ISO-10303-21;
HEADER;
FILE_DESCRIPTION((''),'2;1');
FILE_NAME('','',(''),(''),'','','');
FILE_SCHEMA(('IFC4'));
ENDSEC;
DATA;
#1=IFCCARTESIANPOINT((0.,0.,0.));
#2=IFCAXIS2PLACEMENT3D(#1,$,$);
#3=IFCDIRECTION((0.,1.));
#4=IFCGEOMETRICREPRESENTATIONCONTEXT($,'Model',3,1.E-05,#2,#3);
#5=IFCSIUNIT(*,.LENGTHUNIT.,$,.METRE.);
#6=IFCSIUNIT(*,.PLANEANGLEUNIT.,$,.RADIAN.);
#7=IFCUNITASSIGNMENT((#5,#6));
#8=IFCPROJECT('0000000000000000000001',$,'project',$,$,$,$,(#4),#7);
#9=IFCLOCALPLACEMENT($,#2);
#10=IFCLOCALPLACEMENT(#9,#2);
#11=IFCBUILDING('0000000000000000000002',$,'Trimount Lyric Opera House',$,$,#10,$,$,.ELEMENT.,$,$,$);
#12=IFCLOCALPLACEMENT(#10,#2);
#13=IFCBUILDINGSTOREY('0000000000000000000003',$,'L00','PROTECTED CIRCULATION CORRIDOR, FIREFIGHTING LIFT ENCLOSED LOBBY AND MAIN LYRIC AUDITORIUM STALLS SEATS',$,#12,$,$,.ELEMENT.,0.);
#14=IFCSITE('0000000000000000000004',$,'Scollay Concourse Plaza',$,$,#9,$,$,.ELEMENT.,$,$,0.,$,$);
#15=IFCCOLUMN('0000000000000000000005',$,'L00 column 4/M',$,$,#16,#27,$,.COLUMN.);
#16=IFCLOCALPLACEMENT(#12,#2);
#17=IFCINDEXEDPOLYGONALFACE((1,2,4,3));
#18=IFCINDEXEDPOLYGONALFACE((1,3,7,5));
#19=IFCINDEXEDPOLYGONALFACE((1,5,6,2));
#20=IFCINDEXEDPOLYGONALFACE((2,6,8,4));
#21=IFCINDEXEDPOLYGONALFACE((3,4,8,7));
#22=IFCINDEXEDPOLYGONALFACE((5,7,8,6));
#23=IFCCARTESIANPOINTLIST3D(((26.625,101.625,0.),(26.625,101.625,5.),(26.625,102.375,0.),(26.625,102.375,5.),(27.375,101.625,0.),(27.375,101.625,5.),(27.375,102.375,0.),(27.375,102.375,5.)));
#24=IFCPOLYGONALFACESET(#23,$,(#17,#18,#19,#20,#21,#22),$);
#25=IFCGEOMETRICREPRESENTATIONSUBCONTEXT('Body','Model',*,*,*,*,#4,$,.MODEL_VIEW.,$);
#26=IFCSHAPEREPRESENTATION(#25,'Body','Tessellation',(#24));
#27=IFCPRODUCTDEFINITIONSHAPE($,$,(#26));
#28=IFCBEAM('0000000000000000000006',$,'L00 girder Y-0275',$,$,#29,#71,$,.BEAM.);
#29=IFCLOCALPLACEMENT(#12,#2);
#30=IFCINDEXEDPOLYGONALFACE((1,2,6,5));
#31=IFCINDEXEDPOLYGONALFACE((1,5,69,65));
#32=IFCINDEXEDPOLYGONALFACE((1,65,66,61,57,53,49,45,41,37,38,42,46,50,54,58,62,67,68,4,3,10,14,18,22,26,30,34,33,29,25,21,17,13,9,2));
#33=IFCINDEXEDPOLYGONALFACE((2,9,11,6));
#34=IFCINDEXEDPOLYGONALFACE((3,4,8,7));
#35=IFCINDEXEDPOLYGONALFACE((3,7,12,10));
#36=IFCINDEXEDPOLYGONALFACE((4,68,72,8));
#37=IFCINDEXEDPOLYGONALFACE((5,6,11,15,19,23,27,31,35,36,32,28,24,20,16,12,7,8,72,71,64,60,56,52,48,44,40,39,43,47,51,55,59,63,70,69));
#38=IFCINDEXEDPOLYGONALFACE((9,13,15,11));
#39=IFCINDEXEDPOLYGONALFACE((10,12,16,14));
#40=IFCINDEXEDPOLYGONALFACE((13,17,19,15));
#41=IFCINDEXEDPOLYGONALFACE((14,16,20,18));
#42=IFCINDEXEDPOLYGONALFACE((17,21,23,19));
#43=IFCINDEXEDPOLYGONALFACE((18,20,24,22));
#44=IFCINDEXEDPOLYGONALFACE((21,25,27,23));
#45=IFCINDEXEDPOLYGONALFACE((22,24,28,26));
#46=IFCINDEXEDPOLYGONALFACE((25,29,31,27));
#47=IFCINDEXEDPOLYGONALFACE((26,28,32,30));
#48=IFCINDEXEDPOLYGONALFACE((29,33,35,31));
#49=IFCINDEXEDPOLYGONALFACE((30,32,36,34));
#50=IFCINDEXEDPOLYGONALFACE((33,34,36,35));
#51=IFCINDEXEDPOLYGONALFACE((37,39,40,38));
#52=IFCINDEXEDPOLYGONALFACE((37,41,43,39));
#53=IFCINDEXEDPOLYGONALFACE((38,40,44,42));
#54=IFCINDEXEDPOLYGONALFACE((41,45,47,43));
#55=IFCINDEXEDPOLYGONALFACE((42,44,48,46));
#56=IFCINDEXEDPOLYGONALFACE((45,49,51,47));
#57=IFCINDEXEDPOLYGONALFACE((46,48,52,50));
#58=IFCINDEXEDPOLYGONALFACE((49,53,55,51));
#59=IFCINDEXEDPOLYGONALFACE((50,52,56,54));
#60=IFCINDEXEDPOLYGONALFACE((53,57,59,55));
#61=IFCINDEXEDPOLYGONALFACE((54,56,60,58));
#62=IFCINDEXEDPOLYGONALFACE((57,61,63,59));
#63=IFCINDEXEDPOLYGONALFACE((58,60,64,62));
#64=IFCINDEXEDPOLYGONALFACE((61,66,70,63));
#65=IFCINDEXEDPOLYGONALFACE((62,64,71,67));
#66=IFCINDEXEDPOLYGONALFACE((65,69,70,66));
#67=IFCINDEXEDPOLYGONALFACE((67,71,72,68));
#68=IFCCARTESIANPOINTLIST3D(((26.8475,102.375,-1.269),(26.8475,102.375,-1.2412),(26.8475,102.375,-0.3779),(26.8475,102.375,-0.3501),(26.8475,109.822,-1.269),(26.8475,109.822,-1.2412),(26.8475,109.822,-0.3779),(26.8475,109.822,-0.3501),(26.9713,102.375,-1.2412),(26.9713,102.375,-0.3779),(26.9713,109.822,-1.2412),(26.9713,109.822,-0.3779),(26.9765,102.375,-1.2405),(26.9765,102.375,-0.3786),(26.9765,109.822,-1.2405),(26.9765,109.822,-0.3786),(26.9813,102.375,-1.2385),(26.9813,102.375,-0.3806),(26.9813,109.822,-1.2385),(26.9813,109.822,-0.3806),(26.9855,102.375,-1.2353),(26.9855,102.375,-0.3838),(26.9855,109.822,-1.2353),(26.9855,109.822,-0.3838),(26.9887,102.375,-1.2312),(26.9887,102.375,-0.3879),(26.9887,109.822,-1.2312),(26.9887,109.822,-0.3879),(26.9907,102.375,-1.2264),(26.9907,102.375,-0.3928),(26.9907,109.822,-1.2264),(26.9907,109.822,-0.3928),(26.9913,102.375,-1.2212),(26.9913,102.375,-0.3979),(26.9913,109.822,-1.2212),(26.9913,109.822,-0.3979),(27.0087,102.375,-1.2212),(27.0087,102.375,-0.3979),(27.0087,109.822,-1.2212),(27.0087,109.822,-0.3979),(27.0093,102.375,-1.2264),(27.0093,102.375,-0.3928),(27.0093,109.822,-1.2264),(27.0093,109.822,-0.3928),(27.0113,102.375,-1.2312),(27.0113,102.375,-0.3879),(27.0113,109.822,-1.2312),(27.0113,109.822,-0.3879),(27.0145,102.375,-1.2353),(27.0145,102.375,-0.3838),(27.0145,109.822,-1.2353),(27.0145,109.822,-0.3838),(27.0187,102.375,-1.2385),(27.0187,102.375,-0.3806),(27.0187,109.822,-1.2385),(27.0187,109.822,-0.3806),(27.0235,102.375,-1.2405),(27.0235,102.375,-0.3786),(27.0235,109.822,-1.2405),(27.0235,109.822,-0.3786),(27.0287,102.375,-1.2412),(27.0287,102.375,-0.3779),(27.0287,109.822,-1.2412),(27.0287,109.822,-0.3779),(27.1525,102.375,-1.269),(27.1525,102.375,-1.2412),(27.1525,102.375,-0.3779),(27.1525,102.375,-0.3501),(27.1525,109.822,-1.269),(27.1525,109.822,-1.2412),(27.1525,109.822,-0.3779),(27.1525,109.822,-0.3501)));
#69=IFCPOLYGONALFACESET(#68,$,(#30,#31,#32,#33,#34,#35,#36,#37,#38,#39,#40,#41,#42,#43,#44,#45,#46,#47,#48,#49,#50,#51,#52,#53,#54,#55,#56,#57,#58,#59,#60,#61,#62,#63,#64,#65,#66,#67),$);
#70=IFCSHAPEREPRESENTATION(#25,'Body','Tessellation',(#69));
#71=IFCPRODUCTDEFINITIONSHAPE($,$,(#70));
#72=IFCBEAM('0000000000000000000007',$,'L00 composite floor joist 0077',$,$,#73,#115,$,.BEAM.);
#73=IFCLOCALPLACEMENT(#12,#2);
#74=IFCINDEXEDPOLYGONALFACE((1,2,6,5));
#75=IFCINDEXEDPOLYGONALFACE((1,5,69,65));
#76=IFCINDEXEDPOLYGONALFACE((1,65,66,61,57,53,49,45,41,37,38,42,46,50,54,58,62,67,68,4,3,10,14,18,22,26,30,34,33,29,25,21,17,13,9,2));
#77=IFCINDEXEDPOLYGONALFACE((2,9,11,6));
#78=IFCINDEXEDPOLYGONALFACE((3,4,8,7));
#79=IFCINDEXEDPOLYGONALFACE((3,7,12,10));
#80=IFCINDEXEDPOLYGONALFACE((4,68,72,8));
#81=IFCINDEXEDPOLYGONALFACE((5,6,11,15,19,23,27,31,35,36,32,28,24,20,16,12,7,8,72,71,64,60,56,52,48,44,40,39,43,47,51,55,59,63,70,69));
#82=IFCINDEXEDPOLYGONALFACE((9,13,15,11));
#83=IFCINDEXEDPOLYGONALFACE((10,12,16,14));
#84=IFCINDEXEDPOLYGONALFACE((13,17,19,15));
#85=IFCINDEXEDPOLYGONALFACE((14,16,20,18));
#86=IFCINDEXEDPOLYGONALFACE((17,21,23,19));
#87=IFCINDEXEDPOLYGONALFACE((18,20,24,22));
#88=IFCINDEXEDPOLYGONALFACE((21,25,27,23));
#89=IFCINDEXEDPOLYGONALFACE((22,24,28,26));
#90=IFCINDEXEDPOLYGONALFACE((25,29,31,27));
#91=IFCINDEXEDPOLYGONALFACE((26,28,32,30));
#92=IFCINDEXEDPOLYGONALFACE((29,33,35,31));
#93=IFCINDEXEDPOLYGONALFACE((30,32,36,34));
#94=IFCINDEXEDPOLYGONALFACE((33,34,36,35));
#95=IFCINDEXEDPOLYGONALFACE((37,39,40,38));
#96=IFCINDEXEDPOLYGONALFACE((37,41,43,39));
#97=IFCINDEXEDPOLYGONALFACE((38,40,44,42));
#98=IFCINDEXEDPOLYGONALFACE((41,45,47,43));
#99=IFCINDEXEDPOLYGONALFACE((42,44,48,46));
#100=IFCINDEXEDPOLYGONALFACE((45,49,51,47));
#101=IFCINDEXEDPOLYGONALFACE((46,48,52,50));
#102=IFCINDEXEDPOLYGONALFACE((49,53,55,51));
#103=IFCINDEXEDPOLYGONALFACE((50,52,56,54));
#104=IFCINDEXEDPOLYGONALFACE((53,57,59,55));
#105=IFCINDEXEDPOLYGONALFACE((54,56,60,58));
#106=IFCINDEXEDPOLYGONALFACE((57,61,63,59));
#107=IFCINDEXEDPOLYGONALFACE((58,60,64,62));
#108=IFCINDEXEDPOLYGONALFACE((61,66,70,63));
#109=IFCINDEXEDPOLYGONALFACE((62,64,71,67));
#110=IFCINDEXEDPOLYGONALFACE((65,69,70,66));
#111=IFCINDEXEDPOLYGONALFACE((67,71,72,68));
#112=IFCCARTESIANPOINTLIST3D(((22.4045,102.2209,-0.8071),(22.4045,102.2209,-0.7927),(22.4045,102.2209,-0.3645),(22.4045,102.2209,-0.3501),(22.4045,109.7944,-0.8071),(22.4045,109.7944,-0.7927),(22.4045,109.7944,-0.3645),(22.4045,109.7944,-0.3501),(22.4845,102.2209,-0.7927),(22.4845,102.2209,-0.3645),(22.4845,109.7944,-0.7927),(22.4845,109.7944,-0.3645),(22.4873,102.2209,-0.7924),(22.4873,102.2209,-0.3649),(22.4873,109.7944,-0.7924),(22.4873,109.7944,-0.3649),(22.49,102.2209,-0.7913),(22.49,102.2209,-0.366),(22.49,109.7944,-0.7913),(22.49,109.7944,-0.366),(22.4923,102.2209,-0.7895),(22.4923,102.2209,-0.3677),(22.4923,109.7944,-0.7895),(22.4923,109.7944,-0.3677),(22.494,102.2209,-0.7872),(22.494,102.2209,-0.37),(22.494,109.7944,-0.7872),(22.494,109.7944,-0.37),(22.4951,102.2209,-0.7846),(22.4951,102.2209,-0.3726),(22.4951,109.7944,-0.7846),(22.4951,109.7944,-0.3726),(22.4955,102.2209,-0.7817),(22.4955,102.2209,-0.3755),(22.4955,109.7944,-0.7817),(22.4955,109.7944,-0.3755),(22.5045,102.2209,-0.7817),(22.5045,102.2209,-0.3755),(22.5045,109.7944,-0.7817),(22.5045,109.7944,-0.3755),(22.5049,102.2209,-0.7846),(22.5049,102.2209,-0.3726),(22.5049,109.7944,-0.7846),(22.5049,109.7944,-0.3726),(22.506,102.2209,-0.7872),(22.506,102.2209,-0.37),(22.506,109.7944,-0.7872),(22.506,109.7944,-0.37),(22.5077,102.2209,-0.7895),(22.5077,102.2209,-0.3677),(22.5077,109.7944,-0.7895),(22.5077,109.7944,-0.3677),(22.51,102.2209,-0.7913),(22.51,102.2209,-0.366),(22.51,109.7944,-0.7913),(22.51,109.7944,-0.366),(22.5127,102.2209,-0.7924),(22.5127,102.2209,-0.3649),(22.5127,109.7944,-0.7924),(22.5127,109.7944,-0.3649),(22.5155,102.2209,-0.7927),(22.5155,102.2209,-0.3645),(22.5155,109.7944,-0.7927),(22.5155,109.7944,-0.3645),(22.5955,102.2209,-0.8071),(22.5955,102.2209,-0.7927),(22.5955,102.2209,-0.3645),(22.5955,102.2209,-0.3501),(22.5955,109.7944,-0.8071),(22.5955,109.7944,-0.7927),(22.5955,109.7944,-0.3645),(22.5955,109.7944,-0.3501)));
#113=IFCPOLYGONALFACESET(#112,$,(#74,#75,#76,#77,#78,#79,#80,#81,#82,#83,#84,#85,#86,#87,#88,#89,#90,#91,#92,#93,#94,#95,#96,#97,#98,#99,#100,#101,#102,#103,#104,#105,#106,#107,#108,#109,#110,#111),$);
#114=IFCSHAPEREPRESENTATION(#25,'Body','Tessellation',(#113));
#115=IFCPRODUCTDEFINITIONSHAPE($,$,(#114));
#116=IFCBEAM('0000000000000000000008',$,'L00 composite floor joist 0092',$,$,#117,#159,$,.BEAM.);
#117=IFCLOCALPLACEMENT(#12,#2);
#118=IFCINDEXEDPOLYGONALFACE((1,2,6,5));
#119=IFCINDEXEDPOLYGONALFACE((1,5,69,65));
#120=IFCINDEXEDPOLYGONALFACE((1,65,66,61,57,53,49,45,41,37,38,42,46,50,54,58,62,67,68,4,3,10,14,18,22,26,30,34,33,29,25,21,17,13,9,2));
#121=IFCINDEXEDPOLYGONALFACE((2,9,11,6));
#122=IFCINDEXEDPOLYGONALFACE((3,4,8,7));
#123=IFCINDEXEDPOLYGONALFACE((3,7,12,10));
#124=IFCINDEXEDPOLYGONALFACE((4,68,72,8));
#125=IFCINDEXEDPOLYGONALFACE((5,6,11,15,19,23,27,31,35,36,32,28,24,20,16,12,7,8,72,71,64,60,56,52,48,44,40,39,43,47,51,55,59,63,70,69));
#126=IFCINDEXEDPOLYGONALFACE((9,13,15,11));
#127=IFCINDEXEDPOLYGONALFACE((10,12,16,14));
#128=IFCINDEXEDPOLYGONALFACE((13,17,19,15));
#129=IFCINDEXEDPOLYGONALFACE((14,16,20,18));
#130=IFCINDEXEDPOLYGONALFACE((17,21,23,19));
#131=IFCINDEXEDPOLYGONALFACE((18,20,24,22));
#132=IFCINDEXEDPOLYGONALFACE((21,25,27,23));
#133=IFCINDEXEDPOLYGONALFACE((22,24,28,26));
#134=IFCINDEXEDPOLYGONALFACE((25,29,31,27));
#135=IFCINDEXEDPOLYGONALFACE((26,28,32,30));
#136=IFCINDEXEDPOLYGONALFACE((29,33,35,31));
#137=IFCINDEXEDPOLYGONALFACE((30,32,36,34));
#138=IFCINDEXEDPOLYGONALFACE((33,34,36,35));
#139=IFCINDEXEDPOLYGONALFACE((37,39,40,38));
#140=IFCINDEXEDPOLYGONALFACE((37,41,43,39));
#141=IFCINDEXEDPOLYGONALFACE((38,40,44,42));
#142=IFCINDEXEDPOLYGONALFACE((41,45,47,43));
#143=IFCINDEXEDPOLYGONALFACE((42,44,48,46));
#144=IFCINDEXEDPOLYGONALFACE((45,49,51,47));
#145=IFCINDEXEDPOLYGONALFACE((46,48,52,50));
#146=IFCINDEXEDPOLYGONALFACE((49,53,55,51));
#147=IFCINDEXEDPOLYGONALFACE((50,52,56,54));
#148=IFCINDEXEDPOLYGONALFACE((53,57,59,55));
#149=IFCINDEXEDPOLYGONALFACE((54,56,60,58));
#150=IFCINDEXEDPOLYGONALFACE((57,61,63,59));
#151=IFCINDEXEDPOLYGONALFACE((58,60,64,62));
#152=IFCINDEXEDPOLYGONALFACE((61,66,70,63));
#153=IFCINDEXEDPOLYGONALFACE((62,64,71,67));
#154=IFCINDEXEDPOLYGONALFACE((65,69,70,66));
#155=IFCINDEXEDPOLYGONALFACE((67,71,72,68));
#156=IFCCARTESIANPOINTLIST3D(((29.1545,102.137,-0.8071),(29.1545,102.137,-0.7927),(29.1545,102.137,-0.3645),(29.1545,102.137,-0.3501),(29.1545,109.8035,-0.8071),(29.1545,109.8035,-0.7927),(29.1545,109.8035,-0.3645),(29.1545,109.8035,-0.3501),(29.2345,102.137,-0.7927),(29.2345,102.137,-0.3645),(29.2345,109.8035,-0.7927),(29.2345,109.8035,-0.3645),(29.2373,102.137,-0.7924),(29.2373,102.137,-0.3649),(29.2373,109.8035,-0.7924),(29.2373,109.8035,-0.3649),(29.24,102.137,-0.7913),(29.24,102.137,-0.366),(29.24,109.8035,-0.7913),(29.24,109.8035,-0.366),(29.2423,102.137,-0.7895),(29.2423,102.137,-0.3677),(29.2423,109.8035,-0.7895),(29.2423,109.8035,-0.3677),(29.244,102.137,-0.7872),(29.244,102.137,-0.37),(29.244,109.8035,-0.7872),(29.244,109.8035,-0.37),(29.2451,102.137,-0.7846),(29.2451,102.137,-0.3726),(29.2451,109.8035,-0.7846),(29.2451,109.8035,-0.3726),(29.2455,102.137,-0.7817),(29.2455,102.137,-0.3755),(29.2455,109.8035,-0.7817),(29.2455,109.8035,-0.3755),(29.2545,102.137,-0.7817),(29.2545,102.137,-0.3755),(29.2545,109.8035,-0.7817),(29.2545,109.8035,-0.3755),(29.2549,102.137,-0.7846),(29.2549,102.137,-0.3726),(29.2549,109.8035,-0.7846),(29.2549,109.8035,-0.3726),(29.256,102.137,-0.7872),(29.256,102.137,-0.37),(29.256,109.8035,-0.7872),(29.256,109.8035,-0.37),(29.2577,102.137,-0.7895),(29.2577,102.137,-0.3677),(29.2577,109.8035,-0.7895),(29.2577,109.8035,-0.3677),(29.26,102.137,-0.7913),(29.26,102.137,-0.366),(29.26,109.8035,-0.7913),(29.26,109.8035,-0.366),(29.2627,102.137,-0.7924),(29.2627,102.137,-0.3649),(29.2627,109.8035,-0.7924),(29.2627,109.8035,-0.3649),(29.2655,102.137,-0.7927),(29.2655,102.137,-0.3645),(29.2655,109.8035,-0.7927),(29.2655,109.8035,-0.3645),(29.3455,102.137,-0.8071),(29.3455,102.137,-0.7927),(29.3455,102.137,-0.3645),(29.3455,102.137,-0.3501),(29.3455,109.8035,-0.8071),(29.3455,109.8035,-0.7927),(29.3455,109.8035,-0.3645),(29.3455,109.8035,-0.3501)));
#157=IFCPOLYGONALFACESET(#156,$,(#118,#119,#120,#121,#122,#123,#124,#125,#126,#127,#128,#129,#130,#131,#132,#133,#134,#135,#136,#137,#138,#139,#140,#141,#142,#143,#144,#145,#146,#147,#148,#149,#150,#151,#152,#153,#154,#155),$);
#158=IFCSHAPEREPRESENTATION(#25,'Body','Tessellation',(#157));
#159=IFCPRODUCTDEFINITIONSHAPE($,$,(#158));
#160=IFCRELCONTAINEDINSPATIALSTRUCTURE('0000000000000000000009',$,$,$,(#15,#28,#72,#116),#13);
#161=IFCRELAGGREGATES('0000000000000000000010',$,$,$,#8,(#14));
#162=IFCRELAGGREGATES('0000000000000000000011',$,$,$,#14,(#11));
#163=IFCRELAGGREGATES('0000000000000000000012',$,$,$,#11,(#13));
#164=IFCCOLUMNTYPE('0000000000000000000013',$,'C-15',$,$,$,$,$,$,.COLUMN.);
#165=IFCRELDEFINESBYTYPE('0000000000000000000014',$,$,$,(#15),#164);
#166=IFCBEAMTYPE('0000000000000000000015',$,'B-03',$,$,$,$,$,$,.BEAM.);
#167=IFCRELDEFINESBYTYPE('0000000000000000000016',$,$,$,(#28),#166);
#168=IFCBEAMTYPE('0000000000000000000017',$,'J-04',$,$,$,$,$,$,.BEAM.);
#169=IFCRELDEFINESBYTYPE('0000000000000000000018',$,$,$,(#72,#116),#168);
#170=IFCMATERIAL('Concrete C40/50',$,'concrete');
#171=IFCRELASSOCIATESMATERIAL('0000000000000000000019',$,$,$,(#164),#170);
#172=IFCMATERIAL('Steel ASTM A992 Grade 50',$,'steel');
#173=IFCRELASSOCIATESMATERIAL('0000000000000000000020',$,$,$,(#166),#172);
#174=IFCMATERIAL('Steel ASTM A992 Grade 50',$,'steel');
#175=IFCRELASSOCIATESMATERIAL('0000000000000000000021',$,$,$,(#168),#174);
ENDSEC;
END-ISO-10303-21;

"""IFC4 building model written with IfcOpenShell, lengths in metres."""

from ifc_helpers import new_model, si_unit, direction, frame, origin, origin_2d, place, context, subcontext, project, spatial, rectangle, i_section, extrude, material, material_profile, profile_set, type_object, element, save


model = new_model("IFC4")

# Units and contexts
model_context = context("Model", 3, precision=1e-05, world=origin(), true_north=direction((0.0, 1.0)))
body_context = subcontext(model_context, "Body", "Model", "MODEL_VIEW")
ifc_project = project(units=[si_unit("LENGTHUNIT", "METRE"), si_unit("PLANEANGLEUNIT", "RADIAN")], contexts=[model_context])

# Site, building, storey
site_placement = place(None, origin())
site = spatial("IfcSite", under=ifc_project, at=site_placement, Name="Scollay Concourse Plaza", CompositionType="ELEMENT", RefElevation=0.0)
building_placement = place(site_placement, origin())
building = spatial("IfcBuilding", under=site, at=building_placement, Name="Trimount Lyric Opera House", CompositionType="ELEMENT")
storey_placement = place(building_placement, origin())
storey = spatial("IfcBuildingStorey", under=building, at=storey_placement, Name="L00", Description="PROTECTED CIRCULATION CORRIDOR, FIREFIGHTING LIFT ENCLOSED LOBBY AND MAIN LYRIC AUDITORIUM STALLS SEATS", CompositionType="ELEMENT", Elevation=0.0)

# Column
ifc_material_1 = material(Name="Concrete C40/50", Category="concrete")
ifc_material_profile_1 = material_profile(ifc_material_1, rectangle(XDim=0.75, YDim=0.75, at=origin_2d()), Name="RC750X750")
ifc_profile_set_1 = profile_set([ifc_material_profile_1], Name="Concrete C40/50")
column_type = type_object("IfcColumnType", Name="C-15", PredefinedType="COLUMN", material=ifc_profile_set_1)
column_placement = place(storey_placement, frame((27.0, 102.0, 0.0), z_axis=(0.0, 0.0, 1.0), x_axis=(1.0, 0.0, 0.0)))
element("IfcColumn", 1, at=column_placement, inside=storey, type_object=column_type, Name="L00 column 4/M", PredefinedType="COLUMN", context=body_context, shape_type="SweptSolid", body=[
    extrude(rectangle(XDim=0.75, YDim=0.75, at=origin_2d()), origin(), (0.0, 0.0, 1.0), 5.0),
])

# Beams
ifc_material_2 = material(Name="Steel ASTM A992 Grade 50", Category="steel")
ifc_material_profile_2 = material_profile(ifc_material_2, i_section(OverallWidth=0.3049, OverallDepth=0.9189, WebThickness=0.0173, FlangeThickness=0.0278, FilletRadius=0.02, at=origin_2d()), Name="W36X170")
ifc_profile_set_2 = profile_set([ifc_material_profile_2], Name="Steel ASTM A992 Grade 50")
beam_type_1 = type_object("IfcBeamType", Name="B-03", PredefinedType="BEAM", material=ifc_profile_set_2)
beam_1_placement = place(storey_placement, frame((27.0, 102.375, -0.8096), z_axis=(0.0, 1.0, 0.0), x_axis=(-1.0, 0.0, 0.0)))
element("IfcBeam", 2, at=beam_1_placement, inside=storey, type_object=beam_type_1, Name="L00 girder Y-0275", PredefinedType="BEAM", context=body_context, shape_type="SweptSolid", body=[
    extrude(i_section(OverallWidth=0.3049, OverallDepth=0.9189, WebThickness=0.0173, FlangeThickness=0.0278, FilletRadius=0.02, at=origin_2d()), origin(), (0.0, 0.0, 1.0), 7.447),
])
ifc_material_3 = material(Name="Steel ASTM A992 Grade 50", Category="steel")
ifc_material_profile_3 = material_profile(ifc_material_3, i_section(OverallWidth=0.1909, OverallDepth=0.457, WebThickness=0.009, FlangeThickness=0.0144, FilletRadius=0.011, at=origin_2d()), Name="W18X50")
ifc_profile_set_3 = profile_set([ifc_material_profile_3], Name="Steel ASTM A992 Grade 50")
beam_type_2 = type_object("IfcBeamType", Name="J-04", PredefinedType="BEAM", material=ifc_profile_set_3)
beam_2_placement = place(storey_placement, frame((22.5, 102.2209, -0.5786), z_axis=(0.0, 1.0, 0.0), x_axis=(-1.0, 0.0, 0.0)))
element("IfcBeam", 3, at=beam_2_placement, inside=storey, type_object=beam_type_2, Name="L00 composite floor joist 0077", PredefinedType="BEAM", context=body_context, shape_type="SweptSolid", body=[
    extrude(i_section(OverallWidth=0.1909, OverallDepth=0.457, WebThickness=0.009, FlangeThickness=0.0144, FilletRadius=0.011, at=origin_2d()), origin(), (0.0, 0.0, 1.0), 7.5735),
])
beam_3_placement = place(storey_placement, frame((29.25, 102.137, -0.5786), z_axis=(0.0, 1.0, 0.0), x_axis=(-1.0, 0.0, 0.0)))
element("IfcBeam", 4, at=beam_3_placement, inside=storey, type_object=beam_type_2, Name="L00 composite floor joist 0092", PredefinedType="BEAM", context=body_context, shape_type="SweptSolid", body=[
    extrude(i_section(OverallWidth=0.1909, OverallDepth=0.457, WebThickness=0.009, FlangeThickness=0.0144, FilletRadius=0.011, at=origin_2d()), origin(), (0.0, 0.0, 1.0), 7.6665),
])

save(model, "model.ifc")
